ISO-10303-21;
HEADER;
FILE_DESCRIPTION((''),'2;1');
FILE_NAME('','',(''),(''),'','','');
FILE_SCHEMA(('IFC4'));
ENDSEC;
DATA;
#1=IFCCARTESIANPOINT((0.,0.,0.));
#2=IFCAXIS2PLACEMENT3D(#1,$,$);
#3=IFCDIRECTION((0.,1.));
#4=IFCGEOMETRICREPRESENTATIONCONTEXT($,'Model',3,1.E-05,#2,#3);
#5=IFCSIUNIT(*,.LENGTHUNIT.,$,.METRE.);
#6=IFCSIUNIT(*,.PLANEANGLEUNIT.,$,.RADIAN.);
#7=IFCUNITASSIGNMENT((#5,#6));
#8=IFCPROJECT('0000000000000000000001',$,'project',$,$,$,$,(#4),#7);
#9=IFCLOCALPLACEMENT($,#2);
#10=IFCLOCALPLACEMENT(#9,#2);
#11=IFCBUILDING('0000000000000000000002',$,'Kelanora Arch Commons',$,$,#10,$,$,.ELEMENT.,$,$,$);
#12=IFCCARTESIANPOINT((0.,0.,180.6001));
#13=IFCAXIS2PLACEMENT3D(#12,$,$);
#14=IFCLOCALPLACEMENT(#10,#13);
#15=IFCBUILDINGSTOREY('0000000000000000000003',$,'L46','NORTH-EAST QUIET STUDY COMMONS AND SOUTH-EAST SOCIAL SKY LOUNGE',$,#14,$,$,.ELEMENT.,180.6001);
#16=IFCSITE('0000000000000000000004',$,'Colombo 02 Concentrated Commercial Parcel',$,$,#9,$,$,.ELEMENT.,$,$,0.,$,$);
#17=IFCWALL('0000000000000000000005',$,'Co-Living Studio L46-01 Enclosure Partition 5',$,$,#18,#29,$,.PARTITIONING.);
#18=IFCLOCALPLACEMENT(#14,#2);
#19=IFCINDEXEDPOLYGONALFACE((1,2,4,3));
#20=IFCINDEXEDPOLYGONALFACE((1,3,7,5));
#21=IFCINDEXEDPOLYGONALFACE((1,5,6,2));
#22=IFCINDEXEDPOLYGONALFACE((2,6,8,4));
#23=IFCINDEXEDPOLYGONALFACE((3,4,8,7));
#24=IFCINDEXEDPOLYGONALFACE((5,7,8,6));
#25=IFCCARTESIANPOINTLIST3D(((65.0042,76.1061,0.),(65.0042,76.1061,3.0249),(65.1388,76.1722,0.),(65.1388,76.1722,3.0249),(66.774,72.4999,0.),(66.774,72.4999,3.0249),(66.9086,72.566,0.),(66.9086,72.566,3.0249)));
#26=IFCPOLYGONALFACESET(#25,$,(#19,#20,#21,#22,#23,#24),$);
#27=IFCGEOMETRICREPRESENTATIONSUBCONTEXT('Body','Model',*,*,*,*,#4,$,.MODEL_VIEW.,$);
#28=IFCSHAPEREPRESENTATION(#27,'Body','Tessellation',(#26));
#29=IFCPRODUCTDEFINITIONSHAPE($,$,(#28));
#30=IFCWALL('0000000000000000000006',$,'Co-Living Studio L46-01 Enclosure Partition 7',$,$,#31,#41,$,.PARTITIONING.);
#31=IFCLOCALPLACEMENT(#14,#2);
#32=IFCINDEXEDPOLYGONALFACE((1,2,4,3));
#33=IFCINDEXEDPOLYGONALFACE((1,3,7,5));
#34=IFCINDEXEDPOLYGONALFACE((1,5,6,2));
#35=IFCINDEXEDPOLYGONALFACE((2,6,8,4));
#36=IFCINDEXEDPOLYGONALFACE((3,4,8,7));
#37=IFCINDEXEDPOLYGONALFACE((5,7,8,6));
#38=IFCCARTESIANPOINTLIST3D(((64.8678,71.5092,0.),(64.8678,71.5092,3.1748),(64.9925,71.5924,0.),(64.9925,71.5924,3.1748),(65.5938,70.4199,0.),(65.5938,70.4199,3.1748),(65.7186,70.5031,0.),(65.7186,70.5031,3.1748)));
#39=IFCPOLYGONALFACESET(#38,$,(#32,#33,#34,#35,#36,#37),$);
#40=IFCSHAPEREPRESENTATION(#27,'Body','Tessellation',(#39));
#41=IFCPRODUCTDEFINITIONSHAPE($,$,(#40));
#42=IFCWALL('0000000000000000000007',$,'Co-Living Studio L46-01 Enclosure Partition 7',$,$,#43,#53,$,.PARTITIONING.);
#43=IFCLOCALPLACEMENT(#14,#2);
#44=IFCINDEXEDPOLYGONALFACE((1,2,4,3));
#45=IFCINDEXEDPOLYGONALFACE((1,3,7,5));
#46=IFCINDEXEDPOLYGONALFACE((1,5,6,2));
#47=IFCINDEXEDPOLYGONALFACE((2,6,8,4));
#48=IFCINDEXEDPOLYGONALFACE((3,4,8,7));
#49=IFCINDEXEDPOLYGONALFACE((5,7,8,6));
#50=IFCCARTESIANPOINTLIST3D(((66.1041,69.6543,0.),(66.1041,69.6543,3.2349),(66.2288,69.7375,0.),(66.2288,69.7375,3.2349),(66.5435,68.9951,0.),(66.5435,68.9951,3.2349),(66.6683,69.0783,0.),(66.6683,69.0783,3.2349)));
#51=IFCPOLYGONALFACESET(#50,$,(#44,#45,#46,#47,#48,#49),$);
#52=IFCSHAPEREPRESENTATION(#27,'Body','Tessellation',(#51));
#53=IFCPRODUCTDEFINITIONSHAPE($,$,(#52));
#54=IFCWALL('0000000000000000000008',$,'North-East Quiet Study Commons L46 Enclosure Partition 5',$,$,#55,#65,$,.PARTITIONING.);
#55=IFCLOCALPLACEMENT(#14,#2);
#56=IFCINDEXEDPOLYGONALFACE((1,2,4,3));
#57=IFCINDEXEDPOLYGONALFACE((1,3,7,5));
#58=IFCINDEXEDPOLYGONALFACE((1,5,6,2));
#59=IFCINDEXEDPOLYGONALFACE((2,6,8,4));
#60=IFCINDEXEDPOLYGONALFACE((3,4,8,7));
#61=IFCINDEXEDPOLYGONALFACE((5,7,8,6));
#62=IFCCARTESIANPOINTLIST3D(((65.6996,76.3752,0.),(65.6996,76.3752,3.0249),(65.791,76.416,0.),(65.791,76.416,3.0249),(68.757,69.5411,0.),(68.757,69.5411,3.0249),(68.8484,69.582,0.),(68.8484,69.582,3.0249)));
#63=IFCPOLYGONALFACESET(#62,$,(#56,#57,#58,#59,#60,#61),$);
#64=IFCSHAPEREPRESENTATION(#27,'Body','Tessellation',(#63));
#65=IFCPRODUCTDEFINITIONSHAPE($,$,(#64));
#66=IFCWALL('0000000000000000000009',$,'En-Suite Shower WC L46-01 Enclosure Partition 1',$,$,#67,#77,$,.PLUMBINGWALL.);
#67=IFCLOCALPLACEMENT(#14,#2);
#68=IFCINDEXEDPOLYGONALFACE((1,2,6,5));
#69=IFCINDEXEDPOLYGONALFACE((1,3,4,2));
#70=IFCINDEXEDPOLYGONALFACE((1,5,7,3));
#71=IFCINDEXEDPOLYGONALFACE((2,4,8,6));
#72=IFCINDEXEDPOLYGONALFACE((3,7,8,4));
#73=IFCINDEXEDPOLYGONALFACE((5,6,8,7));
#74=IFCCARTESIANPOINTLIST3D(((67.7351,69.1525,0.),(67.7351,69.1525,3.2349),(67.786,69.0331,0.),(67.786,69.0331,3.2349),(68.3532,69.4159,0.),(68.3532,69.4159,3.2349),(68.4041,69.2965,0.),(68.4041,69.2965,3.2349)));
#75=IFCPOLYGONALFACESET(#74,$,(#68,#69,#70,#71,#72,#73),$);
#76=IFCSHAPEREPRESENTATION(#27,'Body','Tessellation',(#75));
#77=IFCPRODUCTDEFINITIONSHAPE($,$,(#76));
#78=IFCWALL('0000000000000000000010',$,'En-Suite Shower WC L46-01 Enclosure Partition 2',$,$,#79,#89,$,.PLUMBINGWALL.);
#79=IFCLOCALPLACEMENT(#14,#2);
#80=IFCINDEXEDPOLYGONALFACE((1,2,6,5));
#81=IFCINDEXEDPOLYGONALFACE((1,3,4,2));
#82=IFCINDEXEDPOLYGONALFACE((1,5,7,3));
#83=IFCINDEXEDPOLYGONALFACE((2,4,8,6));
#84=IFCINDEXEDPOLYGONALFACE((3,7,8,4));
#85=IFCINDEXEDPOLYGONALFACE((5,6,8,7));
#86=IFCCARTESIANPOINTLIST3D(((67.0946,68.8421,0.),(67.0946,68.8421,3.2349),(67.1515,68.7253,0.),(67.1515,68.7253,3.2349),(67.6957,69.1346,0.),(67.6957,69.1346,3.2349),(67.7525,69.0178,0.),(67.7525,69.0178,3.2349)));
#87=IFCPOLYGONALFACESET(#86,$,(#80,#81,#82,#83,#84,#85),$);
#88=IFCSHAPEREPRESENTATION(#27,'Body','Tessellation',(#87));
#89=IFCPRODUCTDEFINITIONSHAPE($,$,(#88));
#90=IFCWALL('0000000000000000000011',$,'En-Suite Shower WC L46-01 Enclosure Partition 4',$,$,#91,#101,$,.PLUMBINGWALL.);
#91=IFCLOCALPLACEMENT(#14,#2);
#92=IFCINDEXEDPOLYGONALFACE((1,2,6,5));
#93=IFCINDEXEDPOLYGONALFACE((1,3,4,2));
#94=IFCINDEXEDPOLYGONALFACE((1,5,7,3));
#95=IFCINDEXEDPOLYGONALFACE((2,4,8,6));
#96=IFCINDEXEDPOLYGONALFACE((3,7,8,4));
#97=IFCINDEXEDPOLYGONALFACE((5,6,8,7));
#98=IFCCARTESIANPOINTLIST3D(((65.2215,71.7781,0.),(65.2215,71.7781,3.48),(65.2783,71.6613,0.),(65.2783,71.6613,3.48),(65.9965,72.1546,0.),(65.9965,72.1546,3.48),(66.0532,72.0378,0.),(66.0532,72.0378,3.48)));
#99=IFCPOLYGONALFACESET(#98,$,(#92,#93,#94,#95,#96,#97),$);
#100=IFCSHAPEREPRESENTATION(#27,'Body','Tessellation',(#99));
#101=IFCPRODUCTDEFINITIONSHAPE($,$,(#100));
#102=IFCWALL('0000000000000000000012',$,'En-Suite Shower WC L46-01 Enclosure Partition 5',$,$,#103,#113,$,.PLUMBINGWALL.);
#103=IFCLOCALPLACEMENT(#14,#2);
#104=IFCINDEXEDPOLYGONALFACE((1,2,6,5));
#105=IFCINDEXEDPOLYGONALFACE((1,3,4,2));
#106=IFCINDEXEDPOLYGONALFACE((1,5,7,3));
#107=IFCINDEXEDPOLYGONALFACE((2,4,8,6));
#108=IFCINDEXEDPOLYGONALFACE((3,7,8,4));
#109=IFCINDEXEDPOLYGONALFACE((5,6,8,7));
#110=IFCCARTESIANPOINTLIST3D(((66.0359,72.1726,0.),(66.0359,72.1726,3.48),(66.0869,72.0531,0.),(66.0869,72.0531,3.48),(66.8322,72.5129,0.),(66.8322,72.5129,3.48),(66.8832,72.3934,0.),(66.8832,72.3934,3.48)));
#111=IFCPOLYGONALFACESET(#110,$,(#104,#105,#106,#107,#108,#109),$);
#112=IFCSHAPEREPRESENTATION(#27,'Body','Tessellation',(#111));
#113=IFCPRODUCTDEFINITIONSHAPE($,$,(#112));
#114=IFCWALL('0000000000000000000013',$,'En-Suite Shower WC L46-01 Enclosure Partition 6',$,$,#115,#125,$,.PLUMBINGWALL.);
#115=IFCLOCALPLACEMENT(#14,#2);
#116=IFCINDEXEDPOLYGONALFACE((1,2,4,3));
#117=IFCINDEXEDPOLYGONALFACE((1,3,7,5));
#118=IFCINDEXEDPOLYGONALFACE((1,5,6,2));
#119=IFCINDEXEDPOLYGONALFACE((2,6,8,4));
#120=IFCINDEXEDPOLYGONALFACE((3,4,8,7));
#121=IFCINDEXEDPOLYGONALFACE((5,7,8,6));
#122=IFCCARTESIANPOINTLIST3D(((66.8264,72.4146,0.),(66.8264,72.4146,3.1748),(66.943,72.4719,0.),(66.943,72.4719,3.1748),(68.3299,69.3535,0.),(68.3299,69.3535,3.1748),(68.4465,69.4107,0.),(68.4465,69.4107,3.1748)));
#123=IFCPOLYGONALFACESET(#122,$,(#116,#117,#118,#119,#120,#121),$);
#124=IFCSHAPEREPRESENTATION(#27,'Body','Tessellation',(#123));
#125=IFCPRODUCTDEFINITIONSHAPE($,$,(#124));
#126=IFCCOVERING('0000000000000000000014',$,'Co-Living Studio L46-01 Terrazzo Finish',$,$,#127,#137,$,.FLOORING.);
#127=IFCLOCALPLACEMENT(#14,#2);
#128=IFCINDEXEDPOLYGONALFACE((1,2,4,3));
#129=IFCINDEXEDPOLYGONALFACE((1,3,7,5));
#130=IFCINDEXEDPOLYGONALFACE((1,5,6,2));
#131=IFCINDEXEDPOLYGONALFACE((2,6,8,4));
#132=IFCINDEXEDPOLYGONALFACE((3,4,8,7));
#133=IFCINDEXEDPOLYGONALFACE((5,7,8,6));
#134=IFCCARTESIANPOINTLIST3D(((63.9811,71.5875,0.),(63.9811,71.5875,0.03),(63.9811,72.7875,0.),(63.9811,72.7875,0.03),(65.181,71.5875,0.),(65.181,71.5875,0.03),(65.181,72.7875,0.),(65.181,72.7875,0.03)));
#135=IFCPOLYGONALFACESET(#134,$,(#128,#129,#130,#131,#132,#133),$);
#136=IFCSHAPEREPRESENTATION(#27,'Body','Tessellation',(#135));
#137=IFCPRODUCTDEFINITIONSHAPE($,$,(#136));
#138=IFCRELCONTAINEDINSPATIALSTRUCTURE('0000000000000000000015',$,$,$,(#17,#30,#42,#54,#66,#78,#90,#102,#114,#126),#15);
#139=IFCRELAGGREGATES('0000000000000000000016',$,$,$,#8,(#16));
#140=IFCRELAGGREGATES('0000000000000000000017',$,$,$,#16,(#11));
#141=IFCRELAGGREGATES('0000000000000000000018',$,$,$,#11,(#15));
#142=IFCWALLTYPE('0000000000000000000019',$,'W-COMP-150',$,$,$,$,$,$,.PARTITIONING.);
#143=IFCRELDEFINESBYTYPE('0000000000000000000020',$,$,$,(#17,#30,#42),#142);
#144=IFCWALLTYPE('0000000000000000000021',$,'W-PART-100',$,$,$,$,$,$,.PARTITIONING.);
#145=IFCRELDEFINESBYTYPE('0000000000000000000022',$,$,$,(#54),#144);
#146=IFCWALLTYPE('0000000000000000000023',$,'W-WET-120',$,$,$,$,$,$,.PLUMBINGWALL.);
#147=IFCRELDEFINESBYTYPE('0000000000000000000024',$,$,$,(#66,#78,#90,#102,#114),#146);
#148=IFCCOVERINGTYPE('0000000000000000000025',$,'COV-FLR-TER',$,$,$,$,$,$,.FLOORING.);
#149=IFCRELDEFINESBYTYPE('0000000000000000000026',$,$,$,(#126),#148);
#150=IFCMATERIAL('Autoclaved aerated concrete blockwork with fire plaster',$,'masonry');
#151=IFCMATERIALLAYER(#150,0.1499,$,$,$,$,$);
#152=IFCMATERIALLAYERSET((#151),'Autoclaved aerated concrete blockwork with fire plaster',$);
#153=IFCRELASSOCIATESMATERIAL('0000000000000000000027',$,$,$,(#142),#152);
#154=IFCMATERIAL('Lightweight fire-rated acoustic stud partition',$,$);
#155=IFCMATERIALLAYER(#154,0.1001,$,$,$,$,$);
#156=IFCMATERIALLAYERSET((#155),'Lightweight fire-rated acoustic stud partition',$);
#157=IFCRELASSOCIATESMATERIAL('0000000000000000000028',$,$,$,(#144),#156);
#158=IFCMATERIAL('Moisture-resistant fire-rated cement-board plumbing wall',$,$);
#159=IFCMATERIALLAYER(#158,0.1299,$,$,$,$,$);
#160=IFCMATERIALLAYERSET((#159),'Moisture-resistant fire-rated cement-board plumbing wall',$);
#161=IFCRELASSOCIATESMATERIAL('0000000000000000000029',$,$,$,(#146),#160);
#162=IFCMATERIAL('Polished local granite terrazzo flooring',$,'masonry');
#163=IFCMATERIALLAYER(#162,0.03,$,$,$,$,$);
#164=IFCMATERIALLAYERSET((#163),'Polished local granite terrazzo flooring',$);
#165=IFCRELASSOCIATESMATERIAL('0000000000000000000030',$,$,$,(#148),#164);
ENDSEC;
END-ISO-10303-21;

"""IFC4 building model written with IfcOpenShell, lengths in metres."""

from ifc_helpers import new_model, si_unit, direction, frame, frame_2d, origin, origin_2d, place, context, subcontext, project, spatial, rectangle, extrude, source, transform, mapped, material, layer, layer_set, type_object, element, save


model = new_model("IFC4")

# Units and contexts
model_context = context("Model", 3, precision=1e-05, world=origin(), true_north=direction((0.0, 1.0)))
body_context = subcontext(model_context, "Body", "Model", "MODEL_VIEW")
ifc_project = project(units=[si_unit("LENGTHUNIT", "METRE"), si_unit("PLANEANGLEUNIT", "RADIAN")], contexts=[model_context])

# Site, building, storey
site_placement = place(None, origin())
site = spatial("IfcSite", under=ifc_project, at=site_placement, Name="Colombo 02 Concentrated Commercial Parcel", CompositionType="ELEMENT", RefElevation=0.0)
building_placement = place(site_placement, origin())
building = spatial("IfcBuilding", under=site, at=building_placement, Name="Kelanora Arch Commons", CompositionType="ELEMENT")
storey_placement = place(building_placement, frame((0.0, 0.0, 180.6001)))
storey = spatial("IfcBuildingStorey", under=building, at=storey_placement, Name="L46", Description="NORTH-EAST QUIET STUDY COMMONS AND SOUTH-EAST SOCIAL SKY LOUNGE", CompositionType="ELEMENT", Elevation=180.6001)

# Walls
ifc_material_1 = material(Name="Autoclaved aerated concrete blockwork with fire plaster", Category="masonry")
ifc_layer_1 = layer(ifc_material_1, 0.1499)
ifc_layer_set_1 = layer_set([ifc_layer_1], Name="Autoclaved aerated concrete blockwork with fire plaster")
wall_type_1 = type_object("IfcWallType", Name="W-COMP-150", PredefinedType="PARTITIONING", material=ifc_layer_set_1)
wall_1_placement = place(storey_placement, frame((65.0715, 76.1392, 0.0), z_axis=(0.0, 0.0, 1.0), x_axis=(0.440565, -0.897721, 0.0)))
element("IfcWall", 1, at=wall_1_placement, inside=storey, type_object=wall_type_1, Name="Co-Living Studio L46-01 Enclosure Partition 5", PredefinedType="PARTITIONING", context=body_context, shape_type="SweptSolid", body=[
    extrude(rectangle(XDim=4.0171, YDim=0.1499, at=frame_2d((2.0085, 0.0))), origin(), (0.0, 0.0, 1.0), 3.0249),
])
wall_2_placement = place(storey_placement, frame((64.9302, 71.5508, 0.0), z_axis=(0.0, 0.0, 1.0), x_axis=(0.554614, -0.832108, 0.0)))
element("IfcWall", 2, at=wall_2_placement, inside=storey, type_object=wall_type_1, Name="Co-Living Studio L46-01 Enclosure Partition 7", PredefinedType="PARTITIONING", context=body_context, shape_type="SweptSolid", body=[
    extrude(rectangle(XDim=1.3091, YDim=0.1499, at=frame_2d((0.6545, 0.0))), origin(), (0.0, 0.0, 1.0), 3.1748),
])
wall_3_placement = place(storey_placement, frame((66.1665, 69.6958, 0.0), z_axis=(0.0, 0.0, 1.0), x_axis=(0.5547, -0.83205, 0.0)))
element("IfcWall", 3, at=wall_3_placement, inside=storey, type_object=wall_type_1, Name="Co-Living Studio L46-01 Enclosure Partition 7", PredefinedType="PARTITIONING", context=body_context, shape_type="SweptSolid", body=[
    extrude(rectangle(XDim=0.7922, YDim=0.1499, at=frame_2d((0.396, 0.0))), origin(), (0.0, 0.0, 1.0), 3.2349),
])
ifc_material_2 = material(Name="Lightweight fire-rated acoustic stud partition")
ifc_layer_2 = layer(ifc_material_2, 0.1001)
ifc_layer_set_2 = layer_set([ifc_layer_2], Name="Lightweight fire-rated acoustic stud partition")
wall_type_2 = type_object("IfcWallType", Name="W-PART-100", PredefinedType="PARTITIONING", material=ifc_layer_set_2)
wall_4_placement = place(storey_placement, frame((68.8027, 69.5615, 0.0), z_axis=(0.0, 0.0, 1.0), x_axis=(-0.408373, 0.912815, 0.0)))
element("IfcWall", 4, at=wall_4_placement, inside=storey, type_object=wall_type_2, Name="North-East Quiet Study Commons L46 Enclosure Partition 5", PredefinedType="PARTITIONING", context=body_context, shape_type="SweptSolid", body=[
    extrude(rectangle(XDim=7.4868, YDim=0.1001, at=frame_2d((3.7434, 0.0))), origin(), (0.0, 0.0, 1.0), 3.0249),
])
ifc_material_3 = material(Name="Moisture-resistant fire-rated cement-board plumbing wall")
ifc_layer_3 = layer(ifc_material_3, 0.1299)
ifc_layer_set_3 = layer_set([ifc_layer_3], Name="Moisture-resistant fire-rated cement-board plumbing wall")
wall_type_3 = type_object("IfcWallType", Name="W-WET-120", PredefinedType="PLUMBINGWALL", material=ifc_layer_set_3)
wall_5_placement = place(storey_placement, frame((68.3787, 69.3562, 0.0), z_axis=(0.0, 0.0, 1.0), x_axis=(-0.919951, -0.392033, 0.0)))
element("IfcWall", 5, at=wall_5_placement, inside=storey, type_object=wall_type_3, Name="En-Suite Shower WC L46-01 Enclosure Partition 1", PredefinedType="PLUMBINGWALL", context=body_context, shape_type="SweptSolid", body=[
    extrude(rectangle(XDim=0.6719, YDim=0.1299, at=frame_2d((0.3359, 0.0))), origin(), (0.0, 0.0, 1.0), 3.2349),
])
wall_6_placement = place(storey_placement, frame((67.7241, 69.0762, 0.0), z_axis=(0.0, 0.0, 1.0), x_axis=(-0.899196, -0.437546, 0.0)))
element("IfcWall", 6, at=wall_6_placement, inside=storey, type_object=wall_type_3, Name="En-Suite Shower WC L46-01 Enclosure Partition 2", PredefinedType="PLUMBINGWALL", context=body_context, shape_type="SweptSolid", body=[
    extrude(rectangle(XDim=0.6685, YDim=0.1299, at=frame_2d((0.3342, 0.0))), origin(), (0.0, 0.0, 1.0), 3.2349),
])
wall_7_placement = place(storey_placement, frame((65.25, 71.7197, 0.0), z_axis=(0.0, 0.0, 1.0), x_axis=(0.89947, 0.436983, 0.0)))
element("IfcWall", 7, at=wall_7_placement, inside=storey, type_object=wall_type_3, Name="En-Suite Shower WC L46-01 Enclosure Partition 4", PredefinedType="PLUMBINGWALL", context=body_context, shape_type="SweptSolid", body=[
    extrude(rectangle(XDim=0.8616, YDim=0.1299, at=frame_2d((0.4307, 0.0))), origin(), (0.0, 0.0, 1.0), 3.48),
])
wall_8_placement = place(storey_placement, frame((66.0613, 72.1128, 0.0), z_axis=(0.0, 0.0, 1.0), x_axis=(0.919553, 0.392966, 0.0)))
element("IfcWall", 8, at=wall_8_placement, inside=storey, type_object=wall_type_3, Name="En-Suite Shower WC L46-01 Enclosure Partition 5", PredefinedType="PLUMBINGWALL", context=body_context, shape_type="SweptSolid", body=[
    extrude(rectangle(XDim=0.866, YDim=0.1299, at=frame_2d((0.4331, 0.0))), origin(), (0.0, 0.0, 1.0), 3.48),
])
wall_9_placement = place(storey_placement, frame((66.8848, 72.4431, 0.0), z_axis=(0.0, 0.0, 1.0), x_axis=(0.440845, -0.897583, 0.0)))
element("IfcWall", 9, at=wall_9_placement, inside=storey, type_object=wall_type_3, Name="En-Suite Shower WC L46-01 Enclosure Partition 6", PredefinedType="PLUMBINGWALL", context=body_context, shape_type="SweptSolid", body=[
    extrude(rectangle(XDim=3.4104, YDim=0.1299, at=frame_2d((1.7051, 0.0))), origin(), (0.0, 0.0, 1.0), 3.1748),
])

# Covering
ifc_material_4 = material(Name="Polished local granite terrazzo flooring", Category="masonry")
ifc_layer_4 = layer(ifc_material_4, 0.03)
ifc_layer_set_4 = layer_set([ifc_layer_4], Name="Polished local granite terrazzo flooring")
covering_type = type_object("IfcCoveringType", Name="COV-FLR-TER", PredefinedType="FLOORING", material=ifc_layer_set_4)
shared_shape_1 = source(origin(), body_context, "Body", "SweptSolid", [
    extrude(rectangle(XDim=1.2, YDim=1.2, at=origin_2d()), origin(), (0.0, 0.0, 1.0), 0.03),
])
covering_placement = place(storey_placement, frame((64.5811, 72.1875, 0.0), z_axis=(0.0, 0.0, 1.0), x_axis=(1.0, 0.0, 0.0)))
element("IfcCovering", 10, at=covering_placement, inside=storey, type_object=covering_type, Name="Co-Living Studio L46-01 Terrazzo Finish", PredefinedType="FLOORING", context=body_context, shape_type="MappedRepresentation", body=[
    mapped(shared_shape_1, transform((0.0, 0.0, 0.0), scale=1.0)),
])

save(model, "model.ifc")
